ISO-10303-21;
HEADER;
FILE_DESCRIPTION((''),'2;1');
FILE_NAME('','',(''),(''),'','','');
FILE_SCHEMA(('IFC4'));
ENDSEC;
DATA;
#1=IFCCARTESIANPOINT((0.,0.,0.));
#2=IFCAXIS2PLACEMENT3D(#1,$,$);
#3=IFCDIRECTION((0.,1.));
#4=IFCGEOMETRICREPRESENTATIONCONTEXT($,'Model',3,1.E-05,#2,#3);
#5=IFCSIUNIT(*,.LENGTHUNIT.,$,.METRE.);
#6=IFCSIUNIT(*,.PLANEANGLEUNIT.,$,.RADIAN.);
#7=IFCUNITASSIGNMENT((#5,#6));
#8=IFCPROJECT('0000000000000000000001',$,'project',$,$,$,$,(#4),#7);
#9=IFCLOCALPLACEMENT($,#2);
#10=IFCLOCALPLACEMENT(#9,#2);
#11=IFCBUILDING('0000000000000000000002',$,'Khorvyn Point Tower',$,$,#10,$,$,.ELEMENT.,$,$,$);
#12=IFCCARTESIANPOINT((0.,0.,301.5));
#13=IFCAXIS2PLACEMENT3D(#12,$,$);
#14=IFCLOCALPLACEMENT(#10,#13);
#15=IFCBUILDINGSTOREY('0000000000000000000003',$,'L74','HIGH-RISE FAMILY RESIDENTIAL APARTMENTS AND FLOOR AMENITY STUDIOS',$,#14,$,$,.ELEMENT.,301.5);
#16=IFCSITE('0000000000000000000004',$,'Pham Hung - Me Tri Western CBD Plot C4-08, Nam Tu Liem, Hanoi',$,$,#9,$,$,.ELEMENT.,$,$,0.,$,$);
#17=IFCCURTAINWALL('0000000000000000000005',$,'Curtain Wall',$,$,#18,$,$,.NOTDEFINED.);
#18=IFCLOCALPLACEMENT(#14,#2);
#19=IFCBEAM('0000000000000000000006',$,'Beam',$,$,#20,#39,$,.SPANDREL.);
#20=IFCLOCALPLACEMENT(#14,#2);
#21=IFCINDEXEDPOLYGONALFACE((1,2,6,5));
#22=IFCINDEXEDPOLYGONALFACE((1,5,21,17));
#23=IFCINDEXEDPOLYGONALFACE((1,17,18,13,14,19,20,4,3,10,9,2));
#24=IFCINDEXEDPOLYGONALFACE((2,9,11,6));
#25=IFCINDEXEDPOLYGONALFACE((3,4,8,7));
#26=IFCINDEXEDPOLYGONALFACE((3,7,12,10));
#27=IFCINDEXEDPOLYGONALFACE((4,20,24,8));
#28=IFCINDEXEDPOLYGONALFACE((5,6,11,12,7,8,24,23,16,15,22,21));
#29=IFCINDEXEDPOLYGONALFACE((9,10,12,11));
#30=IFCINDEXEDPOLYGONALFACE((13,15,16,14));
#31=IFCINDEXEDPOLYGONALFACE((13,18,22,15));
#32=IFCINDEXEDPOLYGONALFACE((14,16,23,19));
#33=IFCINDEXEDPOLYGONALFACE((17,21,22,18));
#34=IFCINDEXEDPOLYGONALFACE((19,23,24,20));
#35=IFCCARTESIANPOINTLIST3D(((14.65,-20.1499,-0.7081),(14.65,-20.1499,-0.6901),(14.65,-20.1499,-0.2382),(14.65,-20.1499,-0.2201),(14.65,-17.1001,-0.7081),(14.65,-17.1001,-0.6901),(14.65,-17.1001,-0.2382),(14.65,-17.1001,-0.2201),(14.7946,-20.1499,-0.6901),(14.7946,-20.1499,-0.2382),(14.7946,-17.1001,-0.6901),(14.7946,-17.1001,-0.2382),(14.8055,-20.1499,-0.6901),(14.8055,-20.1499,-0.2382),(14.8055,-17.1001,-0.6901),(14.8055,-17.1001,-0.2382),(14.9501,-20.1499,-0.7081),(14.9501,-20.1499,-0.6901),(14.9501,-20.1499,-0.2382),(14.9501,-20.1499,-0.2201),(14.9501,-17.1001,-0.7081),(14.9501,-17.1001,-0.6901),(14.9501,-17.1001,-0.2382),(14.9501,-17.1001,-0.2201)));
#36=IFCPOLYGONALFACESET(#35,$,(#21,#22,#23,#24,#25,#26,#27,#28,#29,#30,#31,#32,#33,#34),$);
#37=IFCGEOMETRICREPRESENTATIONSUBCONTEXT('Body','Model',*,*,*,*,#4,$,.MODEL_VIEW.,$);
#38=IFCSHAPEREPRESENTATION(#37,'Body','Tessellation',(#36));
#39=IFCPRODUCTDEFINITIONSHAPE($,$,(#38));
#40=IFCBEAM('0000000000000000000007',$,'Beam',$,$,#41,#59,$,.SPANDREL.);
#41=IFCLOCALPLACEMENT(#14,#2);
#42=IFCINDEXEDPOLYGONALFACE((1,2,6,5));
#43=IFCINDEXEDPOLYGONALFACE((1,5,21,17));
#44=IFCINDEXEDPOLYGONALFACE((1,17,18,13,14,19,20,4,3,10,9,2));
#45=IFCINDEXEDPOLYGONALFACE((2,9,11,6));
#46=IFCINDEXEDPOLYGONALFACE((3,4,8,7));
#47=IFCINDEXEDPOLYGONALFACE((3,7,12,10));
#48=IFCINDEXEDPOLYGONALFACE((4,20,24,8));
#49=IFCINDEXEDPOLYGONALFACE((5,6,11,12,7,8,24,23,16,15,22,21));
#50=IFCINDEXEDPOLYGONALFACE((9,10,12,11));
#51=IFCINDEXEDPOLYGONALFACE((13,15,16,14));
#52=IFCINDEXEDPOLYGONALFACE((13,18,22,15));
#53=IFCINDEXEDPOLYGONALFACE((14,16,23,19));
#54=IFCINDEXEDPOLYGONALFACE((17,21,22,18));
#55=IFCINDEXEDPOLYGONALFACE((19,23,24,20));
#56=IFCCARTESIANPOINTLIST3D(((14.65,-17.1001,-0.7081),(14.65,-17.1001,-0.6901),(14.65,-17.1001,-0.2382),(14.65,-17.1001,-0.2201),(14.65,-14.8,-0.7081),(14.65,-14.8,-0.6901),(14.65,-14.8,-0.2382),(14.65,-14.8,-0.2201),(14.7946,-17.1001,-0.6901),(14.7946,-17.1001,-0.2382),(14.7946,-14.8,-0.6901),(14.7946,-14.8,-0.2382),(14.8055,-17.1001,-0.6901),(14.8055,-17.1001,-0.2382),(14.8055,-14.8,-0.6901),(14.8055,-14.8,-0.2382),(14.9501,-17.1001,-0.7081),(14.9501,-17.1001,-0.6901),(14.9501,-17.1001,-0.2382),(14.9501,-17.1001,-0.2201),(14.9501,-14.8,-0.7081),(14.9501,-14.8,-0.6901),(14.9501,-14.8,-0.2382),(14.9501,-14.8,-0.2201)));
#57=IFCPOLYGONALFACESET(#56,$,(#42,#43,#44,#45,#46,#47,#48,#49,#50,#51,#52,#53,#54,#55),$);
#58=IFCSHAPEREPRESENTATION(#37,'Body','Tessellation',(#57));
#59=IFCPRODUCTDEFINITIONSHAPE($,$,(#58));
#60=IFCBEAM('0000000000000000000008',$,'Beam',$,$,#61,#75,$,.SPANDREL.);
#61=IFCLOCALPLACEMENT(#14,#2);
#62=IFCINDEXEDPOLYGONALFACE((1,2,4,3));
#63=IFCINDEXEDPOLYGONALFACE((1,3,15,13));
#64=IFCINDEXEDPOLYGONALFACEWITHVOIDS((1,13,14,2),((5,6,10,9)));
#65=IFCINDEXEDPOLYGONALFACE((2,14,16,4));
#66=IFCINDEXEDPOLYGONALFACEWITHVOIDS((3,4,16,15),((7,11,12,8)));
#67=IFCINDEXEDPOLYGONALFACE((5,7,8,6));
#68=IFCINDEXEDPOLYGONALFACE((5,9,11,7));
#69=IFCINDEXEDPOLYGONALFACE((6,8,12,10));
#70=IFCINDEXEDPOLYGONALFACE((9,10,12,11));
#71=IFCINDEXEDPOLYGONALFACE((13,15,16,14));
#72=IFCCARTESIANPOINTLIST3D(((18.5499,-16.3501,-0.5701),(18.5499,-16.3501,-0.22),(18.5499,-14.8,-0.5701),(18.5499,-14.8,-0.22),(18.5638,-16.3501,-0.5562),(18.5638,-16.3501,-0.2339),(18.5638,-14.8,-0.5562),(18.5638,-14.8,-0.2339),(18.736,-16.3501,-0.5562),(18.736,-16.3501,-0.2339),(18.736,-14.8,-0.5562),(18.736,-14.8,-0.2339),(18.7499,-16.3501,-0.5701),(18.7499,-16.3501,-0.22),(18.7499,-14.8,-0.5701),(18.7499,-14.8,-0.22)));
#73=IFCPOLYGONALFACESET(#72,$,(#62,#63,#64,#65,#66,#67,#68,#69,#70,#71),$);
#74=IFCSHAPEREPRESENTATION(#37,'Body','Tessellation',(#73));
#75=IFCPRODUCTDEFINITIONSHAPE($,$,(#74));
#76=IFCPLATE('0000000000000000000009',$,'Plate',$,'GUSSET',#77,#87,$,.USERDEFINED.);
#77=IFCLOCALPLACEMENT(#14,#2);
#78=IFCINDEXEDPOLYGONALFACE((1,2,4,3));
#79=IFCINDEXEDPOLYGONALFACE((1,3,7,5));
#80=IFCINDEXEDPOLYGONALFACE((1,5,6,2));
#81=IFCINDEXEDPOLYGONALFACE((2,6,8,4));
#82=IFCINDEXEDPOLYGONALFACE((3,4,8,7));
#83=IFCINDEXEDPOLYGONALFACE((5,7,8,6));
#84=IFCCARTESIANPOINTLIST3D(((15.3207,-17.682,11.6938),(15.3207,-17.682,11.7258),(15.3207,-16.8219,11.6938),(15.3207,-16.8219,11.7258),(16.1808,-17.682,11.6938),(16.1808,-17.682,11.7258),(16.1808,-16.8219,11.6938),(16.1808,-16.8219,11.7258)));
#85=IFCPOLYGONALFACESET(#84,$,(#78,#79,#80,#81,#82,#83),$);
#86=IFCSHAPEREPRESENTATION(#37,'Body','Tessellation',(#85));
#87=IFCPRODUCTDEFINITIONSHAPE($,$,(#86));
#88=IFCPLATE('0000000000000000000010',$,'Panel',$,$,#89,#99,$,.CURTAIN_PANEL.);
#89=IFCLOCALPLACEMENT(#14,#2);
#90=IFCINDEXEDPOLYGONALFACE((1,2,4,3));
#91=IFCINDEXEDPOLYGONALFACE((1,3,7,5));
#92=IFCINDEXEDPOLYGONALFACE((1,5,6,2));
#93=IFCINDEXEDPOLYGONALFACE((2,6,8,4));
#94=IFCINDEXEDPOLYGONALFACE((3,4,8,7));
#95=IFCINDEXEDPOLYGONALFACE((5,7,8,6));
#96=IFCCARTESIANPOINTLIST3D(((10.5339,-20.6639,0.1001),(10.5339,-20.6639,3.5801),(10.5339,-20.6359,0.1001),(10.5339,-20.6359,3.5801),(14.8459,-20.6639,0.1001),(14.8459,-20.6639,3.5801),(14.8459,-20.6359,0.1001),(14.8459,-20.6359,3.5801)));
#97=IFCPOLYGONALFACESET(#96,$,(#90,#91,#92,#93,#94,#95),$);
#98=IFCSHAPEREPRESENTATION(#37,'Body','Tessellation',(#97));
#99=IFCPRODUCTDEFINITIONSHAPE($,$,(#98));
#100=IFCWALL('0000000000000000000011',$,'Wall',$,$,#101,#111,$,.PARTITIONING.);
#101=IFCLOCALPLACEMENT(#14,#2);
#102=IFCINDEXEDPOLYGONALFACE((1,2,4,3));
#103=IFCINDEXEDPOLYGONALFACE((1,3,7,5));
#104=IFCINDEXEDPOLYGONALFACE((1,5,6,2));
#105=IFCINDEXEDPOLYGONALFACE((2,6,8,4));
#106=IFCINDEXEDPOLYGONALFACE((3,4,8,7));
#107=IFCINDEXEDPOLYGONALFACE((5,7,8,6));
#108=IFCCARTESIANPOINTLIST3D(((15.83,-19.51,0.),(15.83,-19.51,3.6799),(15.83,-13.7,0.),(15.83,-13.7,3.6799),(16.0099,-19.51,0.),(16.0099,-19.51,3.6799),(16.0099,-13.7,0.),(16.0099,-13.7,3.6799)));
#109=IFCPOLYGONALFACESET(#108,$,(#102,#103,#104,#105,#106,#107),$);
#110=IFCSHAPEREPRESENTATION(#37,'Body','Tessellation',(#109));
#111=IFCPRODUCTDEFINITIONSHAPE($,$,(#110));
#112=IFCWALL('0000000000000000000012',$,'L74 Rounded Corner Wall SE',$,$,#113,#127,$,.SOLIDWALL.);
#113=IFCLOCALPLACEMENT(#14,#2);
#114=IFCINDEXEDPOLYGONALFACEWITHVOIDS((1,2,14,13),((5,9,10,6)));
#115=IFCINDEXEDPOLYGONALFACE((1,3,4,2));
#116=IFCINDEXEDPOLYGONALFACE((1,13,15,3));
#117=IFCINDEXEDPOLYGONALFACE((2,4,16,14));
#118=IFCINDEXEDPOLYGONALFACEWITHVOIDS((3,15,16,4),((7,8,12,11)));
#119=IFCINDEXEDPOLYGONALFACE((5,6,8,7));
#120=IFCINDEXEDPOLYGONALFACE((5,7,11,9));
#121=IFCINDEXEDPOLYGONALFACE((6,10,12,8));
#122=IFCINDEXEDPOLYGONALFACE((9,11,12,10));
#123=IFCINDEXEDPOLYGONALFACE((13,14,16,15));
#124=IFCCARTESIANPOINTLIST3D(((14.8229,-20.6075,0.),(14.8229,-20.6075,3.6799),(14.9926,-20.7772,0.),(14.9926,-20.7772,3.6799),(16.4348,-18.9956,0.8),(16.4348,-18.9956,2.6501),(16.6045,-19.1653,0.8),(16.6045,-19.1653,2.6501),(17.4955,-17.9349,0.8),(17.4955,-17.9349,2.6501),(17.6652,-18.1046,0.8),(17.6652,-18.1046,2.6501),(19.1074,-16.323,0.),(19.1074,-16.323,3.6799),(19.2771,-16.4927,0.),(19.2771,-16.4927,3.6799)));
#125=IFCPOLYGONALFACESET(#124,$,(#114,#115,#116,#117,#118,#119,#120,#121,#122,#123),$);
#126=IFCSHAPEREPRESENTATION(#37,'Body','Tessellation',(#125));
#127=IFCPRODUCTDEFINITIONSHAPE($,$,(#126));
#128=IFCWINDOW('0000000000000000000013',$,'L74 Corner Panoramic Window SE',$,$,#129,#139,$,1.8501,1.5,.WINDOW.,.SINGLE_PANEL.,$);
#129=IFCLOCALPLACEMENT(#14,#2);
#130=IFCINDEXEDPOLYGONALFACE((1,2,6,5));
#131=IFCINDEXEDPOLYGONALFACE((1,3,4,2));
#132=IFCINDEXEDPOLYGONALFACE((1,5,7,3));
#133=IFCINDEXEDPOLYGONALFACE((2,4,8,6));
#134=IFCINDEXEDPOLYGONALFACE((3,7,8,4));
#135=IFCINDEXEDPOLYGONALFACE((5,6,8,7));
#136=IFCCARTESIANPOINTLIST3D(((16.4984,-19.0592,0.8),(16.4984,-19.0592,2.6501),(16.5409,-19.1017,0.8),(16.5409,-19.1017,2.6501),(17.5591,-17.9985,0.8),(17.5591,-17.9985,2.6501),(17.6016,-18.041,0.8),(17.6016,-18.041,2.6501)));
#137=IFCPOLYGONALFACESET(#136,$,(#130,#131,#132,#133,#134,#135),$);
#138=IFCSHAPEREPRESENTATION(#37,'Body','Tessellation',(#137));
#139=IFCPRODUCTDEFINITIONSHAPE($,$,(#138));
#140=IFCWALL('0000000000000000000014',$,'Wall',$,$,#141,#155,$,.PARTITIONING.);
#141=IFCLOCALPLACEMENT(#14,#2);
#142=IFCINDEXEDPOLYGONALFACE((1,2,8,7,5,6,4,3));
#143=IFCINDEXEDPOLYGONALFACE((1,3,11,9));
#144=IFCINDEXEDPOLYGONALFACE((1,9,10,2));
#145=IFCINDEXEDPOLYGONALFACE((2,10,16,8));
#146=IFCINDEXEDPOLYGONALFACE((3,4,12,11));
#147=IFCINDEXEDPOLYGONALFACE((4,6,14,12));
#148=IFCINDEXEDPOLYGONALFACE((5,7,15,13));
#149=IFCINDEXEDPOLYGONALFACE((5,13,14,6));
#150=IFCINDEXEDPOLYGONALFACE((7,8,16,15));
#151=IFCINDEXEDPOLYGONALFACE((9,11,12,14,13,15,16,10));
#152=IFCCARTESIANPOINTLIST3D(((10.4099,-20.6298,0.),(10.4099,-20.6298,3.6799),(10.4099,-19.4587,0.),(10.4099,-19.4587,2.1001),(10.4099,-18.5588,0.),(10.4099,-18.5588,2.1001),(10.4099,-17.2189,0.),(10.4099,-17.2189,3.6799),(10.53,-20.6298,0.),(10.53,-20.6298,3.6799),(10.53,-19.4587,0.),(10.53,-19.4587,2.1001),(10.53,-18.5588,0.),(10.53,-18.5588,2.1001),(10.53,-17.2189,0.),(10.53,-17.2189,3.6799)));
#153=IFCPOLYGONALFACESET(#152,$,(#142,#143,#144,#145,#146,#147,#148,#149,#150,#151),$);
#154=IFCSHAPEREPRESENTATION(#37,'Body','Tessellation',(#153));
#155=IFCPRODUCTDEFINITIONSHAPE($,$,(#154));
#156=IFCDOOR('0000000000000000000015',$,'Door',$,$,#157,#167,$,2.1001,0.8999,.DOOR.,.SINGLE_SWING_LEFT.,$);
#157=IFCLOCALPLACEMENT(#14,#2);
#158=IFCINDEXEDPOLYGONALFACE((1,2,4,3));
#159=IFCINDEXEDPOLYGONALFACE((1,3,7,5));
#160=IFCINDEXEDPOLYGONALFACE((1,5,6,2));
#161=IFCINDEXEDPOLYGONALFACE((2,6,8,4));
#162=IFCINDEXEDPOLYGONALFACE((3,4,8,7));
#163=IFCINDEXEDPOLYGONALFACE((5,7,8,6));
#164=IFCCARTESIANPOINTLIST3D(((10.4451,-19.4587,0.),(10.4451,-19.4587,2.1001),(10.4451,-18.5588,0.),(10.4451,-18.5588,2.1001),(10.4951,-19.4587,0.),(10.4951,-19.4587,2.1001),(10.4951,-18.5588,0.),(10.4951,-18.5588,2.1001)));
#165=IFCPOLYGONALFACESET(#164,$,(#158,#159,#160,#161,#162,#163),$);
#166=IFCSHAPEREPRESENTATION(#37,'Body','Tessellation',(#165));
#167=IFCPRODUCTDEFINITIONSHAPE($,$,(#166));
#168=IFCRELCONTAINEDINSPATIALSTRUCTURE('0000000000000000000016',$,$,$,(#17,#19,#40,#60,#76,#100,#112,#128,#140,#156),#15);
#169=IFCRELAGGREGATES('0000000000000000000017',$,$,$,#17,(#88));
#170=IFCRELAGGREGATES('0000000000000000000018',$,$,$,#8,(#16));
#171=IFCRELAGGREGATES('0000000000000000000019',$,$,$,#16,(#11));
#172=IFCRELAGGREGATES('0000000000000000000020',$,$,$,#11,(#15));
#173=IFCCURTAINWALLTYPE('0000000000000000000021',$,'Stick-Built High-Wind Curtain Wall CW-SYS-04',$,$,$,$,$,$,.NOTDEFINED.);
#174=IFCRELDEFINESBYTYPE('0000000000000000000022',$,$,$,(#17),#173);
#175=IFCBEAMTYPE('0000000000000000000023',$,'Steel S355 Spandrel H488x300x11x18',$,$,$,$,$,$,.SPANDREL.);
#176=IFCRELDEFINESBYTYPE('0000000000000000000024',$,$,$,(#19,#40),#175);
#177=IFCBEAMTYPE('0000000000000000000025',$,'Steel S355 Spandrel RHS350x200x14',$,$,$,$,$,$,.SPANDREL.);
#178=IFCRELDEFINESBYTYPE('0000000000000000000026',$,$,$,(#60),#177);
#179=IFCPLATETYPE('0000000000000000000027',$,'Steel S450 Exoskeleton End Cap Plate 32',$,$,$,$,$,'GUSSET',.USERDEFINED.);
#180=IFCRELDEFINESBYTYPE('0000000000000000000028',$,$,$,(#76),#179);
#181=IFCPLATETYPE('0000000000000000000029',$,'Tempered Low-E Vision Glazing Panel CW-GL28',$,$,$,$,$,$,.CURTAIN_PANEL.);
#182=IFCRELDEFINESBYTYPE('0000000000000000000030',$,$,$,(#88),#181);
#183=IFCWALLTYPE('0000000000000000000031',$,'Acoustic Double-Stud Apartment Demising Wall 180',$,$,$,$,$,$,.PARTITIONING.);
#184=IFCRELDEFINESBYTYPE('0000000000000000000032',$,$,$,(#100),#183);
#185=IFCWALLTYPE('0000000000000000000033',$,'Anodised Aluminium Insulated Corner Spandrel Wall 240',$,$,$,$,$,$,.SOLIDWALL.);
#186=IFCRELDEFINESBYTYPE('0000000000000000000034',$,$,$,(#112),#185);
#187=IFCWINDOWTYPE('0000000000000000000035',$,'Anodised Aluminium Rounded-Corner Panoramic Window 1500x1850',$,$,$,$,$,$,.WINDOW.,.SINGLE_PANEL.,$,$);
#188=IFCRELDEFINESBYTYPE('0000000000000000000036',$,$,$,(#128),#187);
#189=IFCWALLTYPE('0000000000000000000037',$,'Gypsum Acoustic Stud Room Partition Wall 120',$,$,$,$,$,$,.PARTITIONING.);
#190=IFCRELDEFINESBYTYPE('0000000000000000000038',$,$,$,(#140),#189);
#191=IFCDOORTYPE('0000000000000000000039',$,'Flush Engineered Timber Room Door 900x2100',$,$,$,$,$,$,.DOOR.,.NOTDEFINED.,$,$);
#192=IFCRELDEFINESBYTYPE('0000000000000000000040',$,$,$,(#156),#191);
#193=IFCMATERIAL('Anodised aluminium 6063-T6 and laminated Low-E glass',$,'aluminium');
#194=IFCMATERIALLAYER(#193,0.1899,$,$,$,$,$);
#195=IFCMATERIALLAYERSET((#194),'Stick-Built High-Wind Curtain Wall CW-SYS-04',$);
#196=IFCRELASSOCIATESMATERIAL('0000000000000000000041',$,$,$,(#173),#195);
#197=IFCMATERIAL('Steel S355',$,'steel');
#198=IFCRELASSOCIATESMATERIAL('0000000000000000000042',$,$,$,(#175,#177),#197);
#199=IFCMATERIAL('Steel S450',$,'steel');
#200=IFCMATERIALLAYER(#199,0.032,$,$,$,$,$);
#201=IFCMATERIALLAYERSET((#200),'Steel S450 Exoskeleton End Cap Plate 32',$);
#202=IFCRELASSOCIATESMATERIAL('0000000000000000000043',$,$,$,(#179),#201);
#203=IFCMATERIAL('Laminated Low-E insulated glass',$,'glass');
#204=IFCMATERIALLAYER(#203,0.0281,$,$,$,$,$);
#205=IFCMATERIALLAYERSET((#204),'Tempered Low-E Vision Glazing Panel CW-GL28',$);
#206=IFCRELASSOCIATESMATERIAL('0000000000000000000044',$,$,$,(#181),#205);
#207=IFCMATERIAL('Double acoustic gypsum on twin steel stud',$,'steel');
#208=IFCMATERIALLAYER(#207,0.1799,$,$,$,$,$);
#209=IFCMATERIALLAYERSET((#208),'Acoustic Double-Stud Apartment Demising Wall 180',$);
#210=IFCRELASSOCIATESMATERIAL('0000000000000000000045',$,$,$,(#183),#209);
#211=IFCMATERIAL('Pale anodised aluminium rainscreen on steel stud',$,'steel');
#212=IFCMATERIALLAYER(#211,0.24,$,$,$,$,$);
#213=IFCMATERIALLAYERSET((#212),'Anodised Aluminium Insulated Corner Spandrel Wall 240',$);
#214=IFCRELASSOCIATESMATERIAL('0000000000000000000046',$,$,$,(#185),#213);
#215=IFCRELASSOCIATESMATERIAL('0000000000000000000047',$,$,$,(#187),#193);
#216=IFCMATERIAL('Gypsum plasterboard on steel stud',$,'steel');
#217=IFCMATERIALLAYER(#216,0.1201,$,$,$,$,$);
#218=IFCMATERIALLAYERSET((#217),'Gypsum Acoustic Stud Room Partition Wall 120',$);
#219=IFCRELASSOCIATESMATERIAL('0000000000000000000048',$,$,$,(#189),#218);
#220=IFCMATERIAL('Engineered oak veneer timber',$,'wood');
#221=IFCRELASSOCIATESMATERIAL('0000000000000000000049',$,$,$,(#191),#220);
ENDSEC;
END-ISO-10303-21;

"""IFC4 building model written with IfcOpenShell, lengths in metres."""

from ifc_helpers import new_model, si_unit, direction, frame, frame_2d, origin, origin_2d, place, context, subcontext, project, spatial, rectangle, hollow_rectangle, i_section, extrude, material, layer, layer_set, material_profile, profile_set, type_object, element, fill, aggregate, save


model = new_model("IFC4")

# Units and contexts
model_context = context("Model", 3, precision=1e-05, world=origin(), true_north=direction((0.0, 1.0)))
body_context = subcontext(model_context, "Body", "Model", "MODEL_VIEW")
ifc_project = project(units=[si_unit("LENGTHUNIT", "METRE"), si_unit("PLANEANGLEUNIT", "RADIAN")], contexts=[model_context])

# Site, building, storey
site_placement = place(None, origin())
site = spatial("IfcSite", under=ifc_project, at=site_placement, Name="Pham Hung - Me Tri Western CBD Plot C4-08, Nam Tu Liem, Hanoi", CompositionType="ELEMENT", RefElevation=0.0)
building_placement = place(site_placement, origin())
building = spatial("IfcBuilding", under=site, at=building_placement, Name="Khorvyn Point Tower", CompositionType="ELEMENT")
storey_placement = place(building_placement, frame((0.0, 0.0, 301.5)))
storey = spatial("IfcBuildingStorey", under=building, at=storey_placement, Name="L74", Description="HIGH-RISE FAMILY RESIDENTIAL APARTMENTS AND FLOOR AMENITY STUDIOS", CompositionType="ELEMENT", Elevation=301.5)

# Shared definitions
ifc_material_1 = material(Name="Steel S355", Category="steel")
ifc_material_2 = material(Name="Steel S450", Category="steel")

# Curtain wall
ifc_material_3 = material(Name="Anodised aluminium 6063-T6 and laminated Low-E glass", Category="aluminium")
ifc_layer_1 = layer(ifc_material_3, 0.1899)
ifc_layer_set_1 = layer_set([ifc_layer_1], Name="Stick-Built High-Wind Curtain Wall CW-SYS-04")
curtain_wall_type = type_object("IfcCurtainWallType", Name="Stick-Built High-Wind Curtain Wall CW-SYS-04", PredefinedType="NOTDEFINED", material=ifc_layer_set_1)
curtain_wall_1_placement = place(storey_placement, origin())
curtain_wall_1 = element("IfcCurtainWall", 1, at=curtain_wall_1_placement, inside=storey, type_object=curtain_wall_type, Name="Curtain Wall", PredefinedType="NOTDEFINED")

# Beams
ifc_material_profile_1 = material_profile(ifc_material_1, i_section(OverallWidth=0.3, OverallDepth=0.488, WebThickness=0.011, FlangeThickness=0.0181, at=origin_2d()))
ifc_profile_set_1 = profile_set([ifc_material_profile_1], Name="Steel S355 H488x300x11x18")
beam_type_1 = type_object("IfcBeamType", Name="Steel S355 Spandrel H488x300x11x18", PredefinedType="SPANDREL", material=ifc_profile_set_1)
beam_1_placement = place(storey_placement, frame((14.8, -20.1499, -0.4641), z_axis=(0.0, 1.0, 0.0), x_axis=(-1.0, 0.0, 0.0)))
element("IfcBeam", 2, at=beam_1_placement, inside=storey, type_object=beam_type_1, Name="Beam", PredefinedType="SPANDREL", context=body_context, shape_type="SweptSolid", body=[
    extrude(i_section(OverallWidth=0.3, OverallDepth=0.488, WebThickness=0.011, FlangeThickness=0.0181, at=origin_2d()), origin(), (0.0, 0.0, 1.0), 3.0498),
])
beam_2_placement = place(storey_placement, frame((14.8, -17.1001, -0.4641), z_axis=(0.0, 1.0, 0.0), x_axis=(-1.0, 0.0, 0.0)))
element("IfcBeam", 3, at=beam_2_placement, inside=storey, type_object=beam_type_1, Name="Beam", PredefinedType="SPANDREL", context=body_context, shape_type="SweptSolid", body=[
    extrude(i_section(OverallWidth=0.3, OverallDepth=0.488, WebThickness=0.011, FlangeThickness=0.0181, at=origin_2d()), origin(), (0.0, 0.0, 1.0), 2.3),
])
ifc_material_profile_2 = material_profile(ifc_material_1, hollow_rectangle(XDim=0.2, YDim=0.3501, WallThickness=0.0139, at=origin_2d()))
ifc_profile_set_2 = profile_set([ifc_material_profile_2], Name="Steel S355 RHS350x200x14")
beam_type_2 = type_object("IfcBeamType", Name="Steel S355 Spandrel RHS350x200x14", PredefinedType="SPANDREL", material=ifc_profile_set_2)
beam_3_placement = place(storey_placement, frame((18.6499, -16.3501, -0.395), z_axis=(0.0, 1.0, 0.0), x_axis=(-1.0, 0.0, 0.0)))
element("IfcBeam", 4, at=beam_3_placement, inside=storey, type_object=beam_type_2, Name="Beam", PredefinedType="SPANDREL", context=body_context, shape_type="SweptSolid", body=[
    extrude(hollow_rectangle(XDim=0.2, YDim=0.3501, WallThickness=0.0139, at=origin_2d()), origin(), (0.0, 0.0, 1.0), 1.55),
])

# Plates
ifc_layer_2 = layer(ifc_material_2, 0.032)
ifc_layer_set_2 = layer_set([ifc_layer_2], Name="Steel S450 Exoskeleton End Cap Plate 32")
plate_type_1 = type_object("IfcPlateType", Name="Steel S450 Exoskeleton End Cap Plate 32", ElementType="GUSSET", PredefinedType="USERDEFINED", material=ifc_layer_set_2)
plate_1_placement = place(storey_placement, frame((15.7507, -17.252, 11.6938), z_axis=(0.0, 0.0, 1.0), x_axis=(1.0, 0.0, 0.0)))
element("IfcPlate", 5, at=plate_1_placement, inside=storey, type_object=plate_type_1, Name="Plate", ObjectType="GUSSET", PredefinedType="USERDEFINED", context=body_context, shape_type="SweptSolid", body=[
    extrude(rectangle(XDim=0.8601, YDim=0.8601, at=origin_2d()), origin(), (0.0, 0.0, 1.0), 0.032),
])
ifc_material_4 = material(Name="Laminated Low-E insulated glass", Category="glass")
ifc_layer_3 = layer(ifc_material_4, 0.0281)
ifc_layer_set_3 = layer_set([ifc_layer_3], Name="Tempered Low-E Vision Glazing Panel CW-GL28")
plate_type_2 = type_object("IfcPlateType", Name="Tempered Low-E Vision Glazing Panel CW-GL28", PredefinedType="CURTAIN_PANEL", material=ifc_layer_set_3)
plate_2_placement = place(storey_placement, frame((12.6899, -20.6499, 0.1001), z_axis=(0.0, 0.0, 1.0), x_axis=(-1.0, 0.0, 0.0)))
plate_2 = element("IfcPlate", 6, at=plate_2_placement, type_object=plate_type_2, Name="Panel", PredefinedType="CURTAIN_PANEL", context=body_context, shape_type="SweptSolid", body=[
    extrude(rectangle(XDim=4.312, YDim=0.0281, at=origin_2d()), origin(), (0.0, 0.0, 1.0), 3.48),
])
aggregate(curtain_wall_1, [plate_2])

# Wall
ifc_material_5 = material(Name="Double acoustic gypsum on twin steel stud", Category="steel")
ifc_layer_4 = layer(ifc_material_5, 0.1799)
ifc_layer_set_4 = layer_set([ifc_layer_4], Name="Acoustic Double-Stud Apartment Demising Wall 180")
wall_type_1 = type_object("IfcWallType", Name="Acoustic Double-Stud Apartment Demising Wall 180", PredefinedType="PARTITIONING", material=ifc_layer_set_4)
wall_1_placement = place(storey_placement, frame((15.9199, -19.51, 0.0), z_axis=(0.0, 0.0, 1.0), x_axis=(0.0, 1.0, 0.0)))
element("IfcWall", 7, at=wall_1_placement, inside=storey, type_object=wall_type_1, Name="Wall", PredefinedType="PARTITIONING", context=body_context, shape_type="SweptSolid", body=[
    extrude(rectangle(XDim=5.8101, YDim=0.1799, at=frame_2d((2.905, 0.0))), origin(), (0.0, 0.0, 1.0), 3.6799),
])

# Wall, opening, window
ifc_material_6 = material(Name="Pale anodised aluminium rainscreen on steel stud", Category="steel")
ifc_layer_5 = layer(ifc_material_6, 0.24)
ifc_layer_set_5 = layer_set([ifc_layer_5], Name="Anodised Aluminium Insulated Corner Spandrel Wall 240")
wall_type_2 = type_object("IfcWallType", Name="Anodised Aluminium Insulated Corner Spandrel Wall 240", PredefinedType="SOLIDWALL", material=ifc_layer_set_5)
wall_2_placement = place(storey_placement, frame((19.1924, -16.4077, 0.0), z_axis=(0.0, 0.0, 1.0), x_axis=(-0.707107, -0.707107, 0.0)))
wall_2 = element("IfcWall", 8, at=wall_2_placement, inside=storey, type_object=wall_type_2, Name="L74 Rounded Corner Wall SE", PredefinedType="SOLIDWALL", context=body_context, shape_type="SweptSolid", body=[
    extrude(rectangle(XDim=6.0593, YDim=0.24, at=frame_2d((3.0298, 0.0))), origin(), (0.0, 0.0, 1.0), 3.6799),
])
opening_1_placement = place(wall_2_placement, frame((2.2798, 0.0, 0.8)))
opening_1 = element("IfcOpeningElement", 9, at=opening_1_placement, cuts=wall_2, PredefinedType="OPENING", context=body_context, shape_type="SweptSolid", body=[
    extrude(rectangle(XDim=1.5, YDim=1.8501, at=frame_2d((0.75, 0.925))), frame((0.0, 0.1299, 0.0), z_axis=(0.0, -1.0, 0.0), x_axis=(1.0, 0.0, 0.0)), (0.0, 0.0, 1.0), 0.26),
])
window_type = type_object("IfcWindowType", Name="Anodised Aluminium Rounded-Corner Panoramic Window 1500x1850", PartitioningType="SINGLE_PANEL", PredefinedType="WINDOW", material=ifc_material_3)
window_placement = place(opening_1_placement, origin())
window = element("IfcWindow", 10, at=window_placement, inside=storey, type_object=window_type, Name="L74 Corner Panoramic Window SE", OverallHeight=1.8501, OverallWidth=1.5, PartitioningType="SINGLE_PANEL", PredefinedType="WINDOW", context=body_context, shape_type="SweptSolid", body=[
    extrude(rectangle(XDim=1.5, YDim=1.8501, at=frame_2d((0.75, 0.925))), frame((0.0, 0.03, 0.0), z_axis=(0.0, -1.0, 0.0), x_axis=(1.0, 0.0, 0.0)), (0.0, 0.0, 1.0), 0.0601),
])
fill(opening_1, window)

# Wall, opening, door
ifc_material_7 = material(Name="Gypsum plasterboard on steel stud", Category="steel")
ifc_layer_6 = layer(ifc_material_7, 0.1201)
ifc_layer_set_6 = layer_set([ifc_layer_6], Name="Gypsum Acoustic Stud Room Partition Wall 120")
wall_type_3 = type_object("IfcWallType", Name="Gypsum Acoustic Stud Room Partition Wall 120", PredefinedType="PARTITIONING", material=ifc_layer_set_6)
wall_3_placement = place(storey_placement, frame((10.47, -20.6299, 0.0), z_axis=(0.0, 0.0, 1.0), x_axis=(0.0, 1.0, 0.0)))
wall_3 = element("IfcWall", 11, at=wall_3_placement, inside=storey, type_object=wall_type_3, Name="Wall", PredefinedType="PARTITIONING", context=body_context, shape_type="SweptSolid", body=[
    extrude(rectangle(XDim=3.4109, YDim=0.1201, at=frame_2d((1.7056, 0.0))), origin(), (0.0, 0.0, 1.0), 3.6799),
])
opening_2_placement = place(wall_3_placement, frame((1.1711, 0.0, 0.0)))
opening_2 = element("IfcOpeningElement", 12, at=opening_2_placement, cuts=wall_3, PredefinedType="OPENING", context=body_context, shape_type="SweptSolid", body=[
    extrude(rectangle(XDim=0.8999, YDim=2.1001, at=frame_2d((0.45, 1.05))), frame((0.0, 0.0701, 0.0), z_axis=(0.0, -1.0, 0.0), x_axis=(1.0, 0.0, 0.0)), (0.0, 0.0, 1.0), 0.1401),
])
ifc_material_8 = material(Name="Engineered oak veneer timber", Category="wood")
door_type_1 = type_object("IfcDoorType", Name="Flush Engineered Timber Room Door 900x2100", OperationType="NOTDEFINED", PredefinedType="DOOR", material=ifc_material_8)
door_1_placement = place(opening_2_placement, origin())
door_1 = element("IfcDoor", 13, at=door_1_placement, inside=storey, type_object=door_type_1, Name="Door", OperationType="SINGLE_SWING_LEFT", OverallHeight=2.1001, OverallWidth=0.8999, PredefinedType="DOOR", context=body_context, shape_type="SweptSolid", body=[
    extrude(rectangle(XDim=0.8999, YDim=2.1001, at=frame_2d((0.45, 1.05))), frame((0.0, 0.0249, 0.0), z_axis=(0.0, -1.0, 0.0), x_axis=(1.0, 0.0, 0.0)), (0.0, 0.0, 1.0), 0.05),
])
fill(opening_2, door_1)

save(model, "model.ifc")
